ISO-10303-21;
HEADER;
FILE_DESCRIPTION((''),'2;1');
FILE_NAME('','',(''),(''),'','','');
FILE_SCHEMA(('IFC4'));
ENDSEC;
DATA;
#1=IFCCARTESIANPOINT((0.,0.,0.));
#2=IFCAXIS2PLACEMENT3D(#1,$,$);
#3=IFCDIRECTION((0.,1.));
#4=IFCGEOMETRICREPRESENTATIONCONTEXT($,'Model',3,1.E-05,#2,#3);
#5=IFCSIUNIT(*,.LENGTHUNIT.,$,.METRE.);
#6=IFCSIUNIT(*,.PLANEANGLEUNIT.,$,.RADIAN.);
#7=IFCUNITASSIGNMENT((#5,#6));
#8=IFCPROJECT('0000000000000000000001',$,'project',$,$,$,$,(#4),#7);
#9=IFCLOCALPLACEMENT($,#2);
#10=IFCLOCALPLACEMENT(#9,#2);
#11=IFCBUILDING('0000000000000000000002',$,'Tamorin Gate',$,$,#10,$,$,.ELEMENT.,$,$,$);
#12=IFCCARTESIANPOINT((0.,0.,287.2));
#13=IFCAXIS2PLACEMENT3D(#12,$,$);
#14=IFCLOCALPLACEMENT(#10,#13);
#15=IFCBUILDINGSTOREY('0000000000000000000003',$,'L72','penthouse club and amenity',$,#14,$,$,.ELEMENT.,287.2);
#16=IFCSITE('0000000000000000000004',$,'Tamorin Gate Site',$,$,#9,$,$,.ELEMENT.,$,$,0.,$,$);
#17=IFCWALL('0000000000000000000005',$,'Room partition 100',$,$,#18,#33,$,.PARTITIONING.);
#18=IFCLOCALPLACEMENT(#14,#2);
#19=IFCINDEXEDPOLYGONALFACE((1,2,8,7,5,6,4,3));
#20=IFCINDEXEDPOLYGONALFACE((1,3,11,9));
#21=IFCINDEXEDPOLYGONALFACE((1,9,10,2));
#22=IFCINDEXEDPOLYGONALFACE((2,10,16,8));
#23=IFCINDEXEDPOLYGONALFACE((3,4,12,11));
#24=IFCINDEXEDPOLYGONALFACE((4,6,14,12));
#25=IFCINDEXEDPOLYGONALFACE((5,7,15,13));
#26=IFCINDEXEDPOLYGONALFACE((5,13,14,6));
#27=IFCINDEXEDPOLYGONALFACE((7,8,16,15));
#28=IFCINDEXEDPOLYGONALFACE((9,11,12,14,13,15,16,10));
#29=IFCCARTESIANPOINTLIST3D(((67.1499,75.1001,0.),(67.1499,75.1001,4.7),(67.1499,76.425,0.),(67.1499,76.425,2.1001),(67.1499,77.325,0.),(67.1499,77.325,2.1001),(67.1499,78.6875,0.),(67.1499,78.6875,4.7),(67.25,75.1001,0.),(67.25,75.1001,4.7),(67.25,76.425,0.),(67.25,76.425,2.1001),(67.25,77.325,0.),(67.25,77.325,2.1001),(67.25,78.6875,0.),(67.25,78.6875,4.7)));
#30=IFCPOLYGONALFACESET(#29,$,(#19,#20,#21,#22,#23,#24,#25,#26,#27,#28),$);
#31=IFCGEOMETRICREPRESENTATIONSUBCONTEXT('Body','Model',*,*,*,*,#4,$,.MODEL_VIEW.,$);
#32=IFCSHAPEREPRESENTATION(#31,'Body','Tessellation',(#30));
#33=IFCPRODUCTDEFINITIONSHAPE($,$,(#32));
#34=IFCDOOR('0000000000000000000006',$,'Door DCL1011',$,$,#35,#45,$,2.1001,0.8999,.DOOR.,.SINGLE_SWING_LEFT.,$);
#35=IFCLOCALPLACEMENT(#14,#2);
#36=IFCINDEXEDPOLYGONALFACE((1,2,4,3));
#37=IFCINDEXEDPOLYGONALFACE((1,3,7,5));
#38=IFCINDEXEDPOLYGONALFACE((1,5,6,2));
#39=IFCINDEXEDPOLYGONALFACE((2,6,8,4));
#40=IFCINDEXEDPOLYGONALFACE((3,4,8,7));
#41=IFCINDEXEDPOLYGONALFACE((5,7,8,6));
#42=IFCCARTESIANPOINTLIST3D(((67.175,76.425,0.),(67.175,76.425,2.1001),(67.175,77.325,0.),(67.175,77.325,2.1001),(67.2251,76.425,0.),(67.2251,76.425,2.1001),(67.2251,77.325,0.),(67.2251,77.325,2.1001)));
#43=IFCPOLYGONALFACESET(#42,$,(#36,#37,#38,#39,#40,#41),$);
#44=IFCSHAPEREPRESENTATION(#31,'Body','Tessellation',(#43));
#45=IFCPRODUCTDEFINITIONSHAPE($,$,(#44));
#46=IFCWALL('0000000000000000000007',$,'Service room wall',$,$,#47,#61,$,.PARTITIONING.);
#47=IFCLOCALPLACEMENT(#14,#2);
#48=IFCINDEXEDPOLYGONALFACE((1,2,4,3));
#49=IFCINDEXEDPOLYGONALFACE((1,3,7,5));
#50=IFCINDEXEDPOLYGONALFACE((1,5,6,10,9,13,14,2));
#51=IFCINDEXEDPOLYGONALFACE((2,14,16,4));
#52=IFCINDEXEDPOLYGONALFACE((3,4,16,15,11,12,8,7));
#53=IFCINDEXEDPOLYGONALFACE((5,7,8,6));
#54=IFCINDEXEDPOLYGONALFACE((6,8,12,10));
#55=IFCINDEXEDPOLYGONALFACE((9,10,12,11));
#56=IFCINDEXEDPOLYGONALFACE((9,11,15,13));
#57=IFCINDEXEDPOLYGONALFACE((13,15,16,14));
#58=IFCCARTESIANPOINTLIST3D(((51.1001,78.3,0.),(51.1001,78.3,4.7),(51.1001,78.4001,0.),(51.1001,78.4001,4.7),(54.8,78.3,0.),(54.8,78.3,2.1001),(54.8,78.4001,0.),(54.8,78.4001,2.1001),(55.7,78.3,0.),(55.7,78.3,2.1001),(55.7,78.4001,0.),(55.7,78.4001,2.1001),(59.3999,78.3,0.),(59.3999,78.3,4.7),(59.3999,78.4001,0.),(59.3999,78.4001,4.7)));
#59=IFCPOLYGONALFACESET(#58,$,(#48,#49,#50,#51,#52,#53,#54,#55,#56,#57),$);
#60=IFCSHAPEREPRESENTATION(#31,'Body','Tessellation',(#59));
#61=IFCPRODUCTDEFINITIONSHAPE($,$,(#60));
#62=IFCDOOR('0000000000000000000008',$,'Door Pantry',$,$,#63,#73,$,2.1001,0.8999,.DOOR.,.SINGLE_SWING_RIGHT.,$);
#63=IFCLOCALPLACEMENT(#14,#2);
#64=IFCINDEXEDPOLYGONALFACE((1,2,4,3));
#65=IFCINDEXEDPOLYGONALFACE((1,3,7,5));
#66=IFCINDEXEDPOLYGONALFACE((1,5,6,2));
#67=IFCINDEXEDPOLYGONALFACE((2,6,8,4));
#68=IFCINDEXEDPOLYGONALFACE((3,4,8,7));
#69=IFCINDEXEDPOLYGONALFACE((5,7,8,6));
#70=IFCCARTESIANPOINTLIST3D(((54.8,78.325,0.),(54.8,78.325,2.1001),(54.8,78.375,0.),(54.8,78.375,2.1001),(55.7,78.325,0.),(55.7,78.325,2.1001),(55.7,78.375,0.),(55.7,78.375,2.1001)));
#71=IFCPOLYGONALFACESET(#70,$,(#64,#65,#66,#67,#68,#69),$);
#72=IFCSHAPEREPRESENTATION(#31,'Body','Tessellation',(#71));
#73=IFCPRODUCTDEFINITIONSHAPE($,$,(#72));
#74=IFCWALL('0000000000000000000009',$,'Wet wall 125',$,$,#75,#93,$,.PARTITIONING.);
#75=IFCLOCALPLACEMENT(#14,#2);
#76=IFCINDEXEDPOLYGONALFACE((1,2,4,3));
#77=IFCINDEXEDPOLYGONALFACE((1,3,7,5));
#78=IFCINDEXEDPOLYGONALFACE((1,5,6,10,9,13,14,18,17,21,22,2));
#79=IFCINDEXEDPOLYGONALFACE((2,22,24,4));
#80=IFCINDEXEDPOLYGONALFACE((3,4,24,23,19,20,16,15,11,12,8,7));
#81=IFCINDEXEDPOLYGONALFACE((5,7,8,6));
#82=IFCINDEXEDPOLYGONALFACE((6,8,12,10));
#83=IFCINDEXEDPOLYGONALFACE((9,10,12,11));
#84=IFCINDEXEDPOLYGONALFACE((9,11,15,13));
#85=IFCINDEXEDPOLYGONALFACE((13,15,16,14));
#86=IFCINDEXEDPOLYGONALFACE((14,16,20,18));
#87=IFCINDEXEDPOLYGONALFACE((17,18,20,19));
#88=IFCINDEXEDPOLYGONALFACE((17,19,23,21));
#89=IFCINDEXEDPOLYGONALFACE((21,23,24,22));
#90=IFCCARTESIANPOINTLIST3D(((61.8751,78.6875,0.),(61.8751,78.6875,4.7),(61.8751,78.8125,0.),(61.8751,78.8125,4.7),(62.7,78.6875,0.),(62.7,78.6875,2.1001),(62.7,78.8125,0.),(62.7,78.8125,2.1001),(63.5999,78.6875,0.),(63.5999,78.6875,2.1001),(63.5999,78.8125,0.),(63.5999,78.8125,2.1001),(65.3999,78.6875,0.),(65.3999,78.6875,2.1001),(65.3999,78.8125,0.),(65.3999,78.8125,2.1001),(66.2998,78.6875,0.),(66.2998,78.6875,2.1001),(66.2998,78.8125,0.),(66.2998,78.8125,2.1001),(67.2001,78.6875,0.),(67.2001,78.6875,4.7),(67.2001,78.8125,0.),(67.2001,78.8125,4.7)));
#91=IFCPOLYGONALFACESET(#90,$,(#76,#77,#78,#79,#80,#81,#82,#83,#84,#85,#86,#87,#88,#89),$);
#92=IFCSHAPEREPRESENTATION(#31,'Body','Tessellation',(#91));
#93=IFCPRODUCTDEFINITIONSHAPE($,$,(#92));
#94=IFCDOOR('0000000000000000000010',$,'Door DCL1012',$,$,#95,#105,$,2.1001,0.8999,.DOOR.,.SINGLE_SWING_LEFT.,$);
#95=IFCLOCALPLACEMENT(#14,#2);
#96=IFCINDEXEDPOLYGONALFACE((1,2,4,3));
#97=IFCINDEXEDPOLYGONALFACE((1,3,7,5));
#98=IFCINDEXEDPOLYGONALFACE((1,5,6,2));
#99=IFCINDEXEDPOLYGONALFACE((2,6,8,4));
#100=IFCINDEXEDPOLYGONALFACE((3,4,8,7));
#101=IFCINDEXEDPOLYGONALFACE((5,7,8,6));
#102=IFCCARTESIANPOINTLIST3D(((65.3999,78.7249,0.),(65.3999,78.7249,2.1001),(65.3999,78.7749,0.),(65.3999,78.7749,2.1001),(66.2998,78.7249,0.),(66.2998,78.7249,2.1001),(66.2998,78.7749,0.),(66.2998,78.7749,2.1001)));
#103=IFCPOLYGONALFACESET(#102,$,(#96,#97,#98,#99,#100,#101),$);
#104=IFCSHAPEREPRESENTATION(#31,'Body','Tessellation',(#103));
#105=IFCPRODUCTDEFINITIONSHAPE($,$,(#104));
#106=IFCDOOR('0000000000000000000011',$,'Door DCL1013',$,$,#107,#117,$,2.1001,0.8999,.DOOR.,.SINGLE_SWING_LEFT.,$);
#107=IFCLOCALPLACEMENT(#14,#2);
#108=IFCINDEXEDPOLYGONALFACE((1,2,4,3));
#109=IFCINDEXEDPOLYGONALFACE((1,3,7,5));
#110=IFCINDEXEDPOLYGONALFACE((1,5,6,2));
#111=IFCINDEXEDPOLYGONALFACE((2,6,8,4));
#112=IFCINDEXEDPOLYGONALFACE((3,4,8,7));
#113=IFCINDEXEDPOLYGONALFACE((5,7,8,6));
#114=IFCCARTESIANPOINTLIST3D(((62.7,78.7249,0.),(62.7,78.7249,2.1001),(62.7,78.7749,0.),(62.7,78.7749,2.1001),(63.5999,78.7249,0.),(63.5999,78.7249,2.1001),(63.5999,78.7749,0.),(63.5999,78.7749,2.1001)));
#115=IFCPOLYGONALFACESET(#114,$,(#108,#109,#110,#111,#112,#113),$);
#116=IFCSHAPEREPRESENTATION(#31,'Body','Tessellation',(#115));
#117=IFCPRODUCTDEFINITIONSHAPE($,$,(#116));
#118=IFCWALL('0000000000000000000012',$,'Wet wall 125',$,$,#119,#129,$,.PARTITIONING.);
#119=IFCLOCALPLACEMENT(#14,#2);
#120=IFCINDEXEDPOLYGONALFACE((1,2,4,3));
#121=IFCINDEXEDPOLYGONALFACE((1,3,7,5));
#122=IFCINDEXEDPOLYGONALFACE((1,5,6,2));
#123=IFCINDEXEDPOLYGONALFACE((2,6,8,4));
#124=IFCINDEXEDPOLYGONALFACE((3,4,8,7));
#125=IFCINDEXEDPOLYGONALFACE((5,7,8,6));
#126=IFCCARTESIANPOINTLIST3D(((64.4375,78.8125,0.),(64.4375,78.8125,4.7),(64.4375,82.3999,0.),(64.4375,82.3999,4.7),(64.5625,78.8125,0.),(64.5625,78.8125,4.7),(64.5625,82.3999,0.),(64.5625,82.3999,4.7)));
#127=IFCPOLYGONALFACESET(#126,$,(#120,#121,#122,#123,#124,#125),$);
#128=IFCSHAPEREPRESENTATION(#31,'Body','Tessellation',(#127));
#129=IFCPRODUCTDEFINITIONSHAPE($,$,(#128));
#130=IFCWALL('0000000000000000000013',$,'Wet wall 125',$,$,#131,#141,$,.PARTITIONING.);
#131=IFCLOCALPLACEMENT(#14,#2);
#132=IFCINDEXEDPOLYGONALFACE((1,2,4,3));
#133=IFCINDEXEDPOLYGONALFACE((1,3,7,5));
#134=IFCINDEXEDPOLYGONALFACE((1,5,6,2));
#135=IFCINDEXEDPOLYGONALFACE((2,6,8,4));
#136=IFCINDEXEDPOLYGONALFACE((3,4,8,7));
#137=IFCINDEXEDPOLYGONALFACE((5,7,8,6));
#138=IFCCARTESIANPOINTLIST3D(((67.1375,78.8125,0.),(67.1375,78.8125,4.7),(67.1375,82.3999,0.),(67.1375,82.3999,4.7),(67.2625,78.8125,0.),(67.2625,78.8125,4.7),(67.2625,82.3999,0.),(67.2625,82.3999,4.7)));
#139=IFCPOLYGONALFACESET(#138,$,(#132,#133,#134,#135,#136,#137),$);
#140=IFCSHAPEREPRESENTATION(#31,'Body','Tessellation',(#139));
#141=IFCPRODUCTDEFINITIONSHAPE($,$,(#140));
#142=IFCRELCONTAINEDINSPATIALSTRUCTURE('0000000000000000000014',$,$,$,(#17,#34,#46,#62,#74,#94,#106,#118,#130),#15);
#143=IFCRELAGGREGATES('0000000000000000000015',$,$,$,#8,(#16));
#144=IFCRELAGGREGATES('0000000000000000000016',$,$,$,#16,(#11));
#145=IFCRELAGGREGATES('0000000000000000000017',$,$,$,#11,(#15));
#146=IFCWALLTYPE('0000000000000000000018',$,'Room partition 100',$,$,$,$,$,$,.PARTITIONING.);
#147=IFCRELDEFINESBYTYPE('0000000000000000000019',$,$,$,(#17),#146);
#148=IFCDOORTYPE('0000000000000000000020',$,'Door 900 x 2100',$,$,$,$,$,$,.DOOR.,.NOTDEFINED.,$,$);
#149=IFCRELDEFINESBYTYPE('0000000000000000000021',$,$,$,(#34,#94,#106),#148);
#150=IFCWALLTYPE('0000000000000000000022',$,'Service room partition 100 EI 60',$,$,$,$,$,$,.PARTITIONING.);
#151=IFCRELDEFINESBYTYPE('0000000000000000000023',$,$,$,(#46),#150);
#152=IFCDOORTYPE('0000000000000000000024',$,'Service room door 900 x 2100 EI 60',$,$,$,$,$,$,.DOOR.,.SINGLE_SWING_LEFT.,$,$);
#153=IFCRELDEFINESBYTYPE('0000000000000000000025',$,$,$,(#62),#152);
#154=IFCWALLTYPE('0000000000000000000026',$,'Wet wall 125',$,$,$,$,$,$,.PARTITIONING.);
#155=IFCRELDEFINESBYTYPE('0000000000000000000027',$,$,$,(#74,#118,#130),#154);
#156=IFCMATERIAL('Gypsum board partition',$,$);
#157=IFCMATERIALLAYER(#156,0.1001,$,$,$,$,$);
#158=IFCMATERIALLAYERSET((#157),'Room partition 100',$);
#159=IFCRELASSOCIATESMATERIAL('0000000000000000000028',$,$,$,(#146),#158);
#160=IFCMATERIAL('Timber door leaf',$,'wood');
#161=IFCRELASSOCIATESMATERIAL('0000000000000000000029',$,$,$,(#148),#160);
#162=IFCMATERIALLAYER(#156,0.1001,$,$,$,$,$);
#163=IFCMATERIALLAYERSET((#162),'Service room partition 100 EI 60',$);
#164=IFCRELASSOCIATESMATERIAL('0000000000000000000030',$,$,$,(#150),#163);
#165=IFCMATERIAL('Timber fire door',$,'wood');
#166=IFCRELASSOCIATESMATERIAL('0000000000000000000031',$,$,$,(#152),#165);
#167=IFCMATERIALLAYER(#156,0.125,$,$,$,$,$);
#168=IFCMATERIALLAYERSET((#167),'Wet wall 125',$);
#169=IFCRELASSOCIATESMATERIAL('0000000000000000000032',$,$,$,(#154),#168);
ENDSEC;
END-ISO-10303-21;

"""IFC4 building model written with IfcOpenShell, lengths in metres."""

from ifc_helpers import new_model, si_unit, direction, frame, frame_2d, origin, place, context, subcontext, project, spatial, rectangle, extrude, material, layer, layer_set, type_object, element, fill, save


model = new_model("IFC4")

# Units and contexts
model_context = context("Model", 3, precision=1e-05, world=origin(), true_north=direction((0.0, 1.0)))
body_context = subcontext(model_context, "Body", "Model", "MODEL_VIEW")
ifc_project = project(units=[si_unit("LENGTHUNIT", "METRE"), si_unit("PLANEANGLEUNIT", "RADIAN")], contexts=[model_context])

# Site, building, storey
site_placement = place(None, origin())
site = spatial("IfcSite", under=ifc_project, at=site_placement, Name="Tamorin Gate Site", CompositionType="ELEMENT", RefElevation=0.0)
building_placement = place(site_placement, origin())
building = spatial("IfcBuilding", under=site, at=building_placement, Name="Tamorin Gate", CompositionType="ELEMENT")
storey_placement = place(building_placement, frame((0.0, 0.0, 287.2)))
storey = spatial("IfcBuildingStorey", under=building, at=storey_placement, Name="L72", Description="penthouse club and amenity", CompositionType="ELEMENT", Elevation=287.2)

# Shared definitions
ifc_material_1 = material(Name="Gypsum board partition")
ifc_layer_1 = layer(ifc_material_1, 0.1001)
ifc_layer_set_1 = layer_set([ifc_layer_1], Name="Room partition 100")
wall_type_1 = type_object("IfcWallType", Name="Room partition 100", PredefinedType="PARTITIONING", material=ifc_layer_set_1)

# Walls, openings, doors
wall_1_placement = place(storey_placement, frame((67.2, 75.1001, 0.0), z_axis=(0.0, 0.0, 1.0), x_axis=(0.0, 1.0, 0.0)))
wall_1 = element("IfcWall", 1, at=wall_1_placement, inside=storey, type_object=wall_type_1, Name="Room partition 100", PredefinedType="PARTITIONING", context=body_context, shape_type="SweptSolid", body=[
    extrude(rectangle(XDim=3.5874, YDim=0.1001, at=frame_2d((1.7937, 0.0))), origin(), (0.0, 0.0, 1.0), 4.7),
])
opening_1_placement = place(wall_1_placement, frame((1.325, 0.0, 0.0)))
opening_1 = element("IfcOpeningElement", 2, at=opening_1_placement, cuts=wall_1, PredefinedType="OPENING", context=body_context, shape_type="SweptSolid", body=[
    extrude(rectangle(XDim=0.8999, YDim=2.1001, at=frame_2d((0.45, 1.05))), frame((0.0, 0.0601, 0.0), z_axis=(0.0, -1.0, 0.0), x_axis=(1.0, 0.0, 0.0)), (0.0, 0.0, 1.0), 0.1201),
])
ifc_material_2 = material(Name="Timber door leaf", Category="wood")
door_type_1 = type_object("IfcDoorType", Name="Door 900 x 2100", OperationType="NOTDEFINED", PredefinedType="DOOR", material=ifc_material_2)
door_1_placement = place(opening_1_placement, origin())
door_1 = element("IfcDoor", 3, at=door_1_placement, inside=storey, type_object=door_type_1, Name="Door DCL1011", OperationType="SINGLE_SWING_LEFT", OverallHeight=2.1001, OverallWidth=0.8999, PredefinedType="DOOR", context=body_context, shape_type="SweptSolid", body=[
    extrude(rectangle(XDim=0.8999, YDim=2.1001, at=frame_2d((0.45, 1.05))), frame((0.0, 0.0249, 0.0), z_axis=(0.0, -1.0, 0.0), x_axis=(1.0, 0.0, 0.0)), (0.0, 0.0, 1.0), 0.05),
])
fill(opening_1, door_1)
ifc_layer_2 = layer(ifc_material_1, 0.1001)
ifc_layer_set_2 = layer_set([ifc_layer_2], Name="Service room partition 100 EI 60")
wall_type_2 = type_object("IfcWallType", Name="Service room partition 100 EI 60", PredefinedType="PARTITIONING", material=ifc_layer_set_2)
wall_2_placement = place(storey_placement, frame((51.1001, 78.3501, 0.0), z_axis=(0.0, 0.0, 1.0), x_axis=(1.0, 0.0, 0.0)))
wall_2 = element("IfcWall", 4, at=wall_2_placement, inside=storey, type_object=wall_type_2, Name="Service room wall", PredefinedType="PARTITIONING", context=body_context, shape_type="SweptSolid", body=[
    extrude(rectangle(XDim=8.2998, YDim=0.1001, at=frame_2d((4.1499, 0.0))), origin(), (0.0, 0.0, 1.0), 4.7),
])
opening_2_placement = place(wall_2_placement, frame((3.7, 0.0, 0.0)))
opening_2 = element("IfcOpeningElement", 5, at=opening_2_placement, cuts=wall_2, PredefinedType="OPENING", context=body_context, shape_type="SweptSolid", body=[
    extrude(rectangle(XDim=0.8999, YDim=2.1001, at=frame_2d((0.45, 1.05))), frame((0.0, 0.0601, 0.0), z_axis=(0.0, -1.0, 0.0), x_axis=(1.0, 0.0, 0.0)), (0.0, 0.0, 1.0), 0.1201),
])
ifc_material_3 = material(Name="Timber fire door", Category="wood")
door_type_2 = type_object("IfcDoorType", Name="Service room door 900 x 2100 EI 60", OperationType="SINGLE_SWING_LEFT", PredefinedType="DOOR", material=ifc_material_3)
door_2_placement = place(opening_2_placement, origin())
door_2 = element("IfcDoor", 6, at=door_2_placement, inside=storey, type_object=door_type_2, Name="Door Pantry", OperationType="SINGLE_SWING_RIGHT", OverallHeight=2.1001, OverallWidth=0.8999, PredefinedType="DOOR", context=body_context, shape_type="SweptSolid", body=[
    extrude(rectangle(XDim=0.8999, YDim=2.1001, at=frame_2d((0.45, 1.05))), frame((0.0, 0.0249, 0.0), z_axis=(0.0, -1.0, 0.0), x_axis=(1.0, 0.0, 0.0)), (0.0, 0.0, 1.0), 0.05),
])
fill(opening_2, door_2)

# Wall, openings, doors
ifc_layer_3 = layer(ifc_material_1, 0.125)
ifc_layer_set_3 = layer_set([ifc_layer_3], Name="Wet wall 125")
wall_type_3 = type_object("IfcWallType", Name="Wet wall 125", PredefinedType="PARTITIONING", material=ifc_layer_set_3)
wall_3_placement = place(storey_placement, frame((61.875, 78.75, 0.0), z_axis=(0.0, 0.0, 1.0), x_axis=(1.0, 0.0, 0.0)))
wall_3 = element("IfcWall", 7, at=wall_3_placement, inside=storey, type_object=wall_type_3, Name="Wet wall 125", PredefinedType="PARTITIONING", context=body_context, shape_type="SweptSolid", body=[
    extrude(rectangle(XDim=5.325, YDim=0.125, at=frame_2d((2.6626, 0.0))), origin(), (0.0, 0.0, 1.0), 4.7),
])
opening_3_placement = place(wall_3_placement, frame((3.5249, 0.0, 0.0)))
opening_3 = element("IfcOpeningElement", 8, at=opening_3_placement, cuts=wall_3, PredefinedType="OPENING", context=body_context, shape_type="SweptSolid", body=[
    extrude(rectangle(XDim=0.8999, YDim=2.1001, at=frame_2d((0.45, 1.05))), frame((0.0, 0.0725, 0.0), z_axis=(0.0, -1.0, 0.0), x_axis=(1.0, 0.0, 0.0)), (0.0, 0.0, 1.0), 0.145),
])
opening_4_placement = place(wall_3_placement, frame((0.825, 0.0, 0.0)))
opening_4 = element("IfcOpeningElement", 9, at=opening_4_placement, cuts=wall_3, PredefinedType="OPENING", context=body_context, shape_type="SweptSolid", body=[
    extrude(rectangle(XDim=0.8999, YDim=2.1001, at=frame_2d((0.45, 1.05))), frame((0.0, 0.0725, 0.0), z_axis=(0.0, -1.0, 0.0), x_axis=(1.0, 0.0, 0.0)), (0.0, 0.0, 1.0), 0.145),
])
door_3_placement = place(opening_3_placement, origin())
door_3 = element("IfcDoor", 10, at=door_3_placement, inside=storey, type_object=door_type_1, Name="Door DCL1012", OperationType="SINGLE_SWING_LEFT", OverallHeight=2.1001, OverallWidth=0.8999, PredefinedType="DOOR", context=body_context, shape_type="SweptSolid", body=[
    extrude(rectangle(XDim=0.8999, YDim=2.1001, at=frame_2d((0.45, 1.05))), frame((0.0, 0.0249, 0.0), z_axis=(0.0, -1.0, 0.0), x_axis=(1.0, 0.0, 0.0)), (0.0, 0.0, 1.0), 0.05),
])
fill(opening_3, door_3)
door_4_placement = place(opening_4_placement, origin())
door_4 = element("IfcDoor", 11, at=door_4_placement, inside=storey, type_object=door_type_1, Name="Door DCL1013", OperationType="SINGLE_SWING_LEFT", OverallHeight=2.1001, OverallWidth=0.8999, PredefinedType="DOOR", context=body_context, shape_type="SweptSolid", body=[
    extrude(rectangle(XDim=0.8999, YDim=2.1001, at=frame_2d((0.45, 1.05))), frame((0.0, 0.0249, 0.0), z_axis=(0.0, -1.0, 0.0), x_axis=(1.0, 0.0, 0.0)), (0.0, 0.0, 1.0), 0.05),
])
fill(opening_4, door_4)

# Walls
for number, where, z_axis, x_axis, name in (
    (12, (64.5, 78.8125, 0.0), (0.0, 0.0, 1.0), (0.0, 1.0, 0.0), "Wet wall 125"),
    (13, (67.2, 78.8125, 0.0), (0.0, 0.0, 1.0), (0.0, 1.0, 0.0), "Wet wall 125"),
):
    element("IfcWall", number, at=place(storey_placement, frame(where, z_axis=z_axis, x_axis=x_axis)), inside=storey, type_object=wall_type_3, Name=name, PredefinedType="PARTITIONING", context=body_context, shape_type="SweptSolid", body=[
        extrude(rectangle(XDim=3.5874, YDim=0.125, at=frame_2d((1.7937, 0.0))), origin(), (0.0, 0.0, 1.0), 4.7),
    ])

save(model, "model.ifc")
